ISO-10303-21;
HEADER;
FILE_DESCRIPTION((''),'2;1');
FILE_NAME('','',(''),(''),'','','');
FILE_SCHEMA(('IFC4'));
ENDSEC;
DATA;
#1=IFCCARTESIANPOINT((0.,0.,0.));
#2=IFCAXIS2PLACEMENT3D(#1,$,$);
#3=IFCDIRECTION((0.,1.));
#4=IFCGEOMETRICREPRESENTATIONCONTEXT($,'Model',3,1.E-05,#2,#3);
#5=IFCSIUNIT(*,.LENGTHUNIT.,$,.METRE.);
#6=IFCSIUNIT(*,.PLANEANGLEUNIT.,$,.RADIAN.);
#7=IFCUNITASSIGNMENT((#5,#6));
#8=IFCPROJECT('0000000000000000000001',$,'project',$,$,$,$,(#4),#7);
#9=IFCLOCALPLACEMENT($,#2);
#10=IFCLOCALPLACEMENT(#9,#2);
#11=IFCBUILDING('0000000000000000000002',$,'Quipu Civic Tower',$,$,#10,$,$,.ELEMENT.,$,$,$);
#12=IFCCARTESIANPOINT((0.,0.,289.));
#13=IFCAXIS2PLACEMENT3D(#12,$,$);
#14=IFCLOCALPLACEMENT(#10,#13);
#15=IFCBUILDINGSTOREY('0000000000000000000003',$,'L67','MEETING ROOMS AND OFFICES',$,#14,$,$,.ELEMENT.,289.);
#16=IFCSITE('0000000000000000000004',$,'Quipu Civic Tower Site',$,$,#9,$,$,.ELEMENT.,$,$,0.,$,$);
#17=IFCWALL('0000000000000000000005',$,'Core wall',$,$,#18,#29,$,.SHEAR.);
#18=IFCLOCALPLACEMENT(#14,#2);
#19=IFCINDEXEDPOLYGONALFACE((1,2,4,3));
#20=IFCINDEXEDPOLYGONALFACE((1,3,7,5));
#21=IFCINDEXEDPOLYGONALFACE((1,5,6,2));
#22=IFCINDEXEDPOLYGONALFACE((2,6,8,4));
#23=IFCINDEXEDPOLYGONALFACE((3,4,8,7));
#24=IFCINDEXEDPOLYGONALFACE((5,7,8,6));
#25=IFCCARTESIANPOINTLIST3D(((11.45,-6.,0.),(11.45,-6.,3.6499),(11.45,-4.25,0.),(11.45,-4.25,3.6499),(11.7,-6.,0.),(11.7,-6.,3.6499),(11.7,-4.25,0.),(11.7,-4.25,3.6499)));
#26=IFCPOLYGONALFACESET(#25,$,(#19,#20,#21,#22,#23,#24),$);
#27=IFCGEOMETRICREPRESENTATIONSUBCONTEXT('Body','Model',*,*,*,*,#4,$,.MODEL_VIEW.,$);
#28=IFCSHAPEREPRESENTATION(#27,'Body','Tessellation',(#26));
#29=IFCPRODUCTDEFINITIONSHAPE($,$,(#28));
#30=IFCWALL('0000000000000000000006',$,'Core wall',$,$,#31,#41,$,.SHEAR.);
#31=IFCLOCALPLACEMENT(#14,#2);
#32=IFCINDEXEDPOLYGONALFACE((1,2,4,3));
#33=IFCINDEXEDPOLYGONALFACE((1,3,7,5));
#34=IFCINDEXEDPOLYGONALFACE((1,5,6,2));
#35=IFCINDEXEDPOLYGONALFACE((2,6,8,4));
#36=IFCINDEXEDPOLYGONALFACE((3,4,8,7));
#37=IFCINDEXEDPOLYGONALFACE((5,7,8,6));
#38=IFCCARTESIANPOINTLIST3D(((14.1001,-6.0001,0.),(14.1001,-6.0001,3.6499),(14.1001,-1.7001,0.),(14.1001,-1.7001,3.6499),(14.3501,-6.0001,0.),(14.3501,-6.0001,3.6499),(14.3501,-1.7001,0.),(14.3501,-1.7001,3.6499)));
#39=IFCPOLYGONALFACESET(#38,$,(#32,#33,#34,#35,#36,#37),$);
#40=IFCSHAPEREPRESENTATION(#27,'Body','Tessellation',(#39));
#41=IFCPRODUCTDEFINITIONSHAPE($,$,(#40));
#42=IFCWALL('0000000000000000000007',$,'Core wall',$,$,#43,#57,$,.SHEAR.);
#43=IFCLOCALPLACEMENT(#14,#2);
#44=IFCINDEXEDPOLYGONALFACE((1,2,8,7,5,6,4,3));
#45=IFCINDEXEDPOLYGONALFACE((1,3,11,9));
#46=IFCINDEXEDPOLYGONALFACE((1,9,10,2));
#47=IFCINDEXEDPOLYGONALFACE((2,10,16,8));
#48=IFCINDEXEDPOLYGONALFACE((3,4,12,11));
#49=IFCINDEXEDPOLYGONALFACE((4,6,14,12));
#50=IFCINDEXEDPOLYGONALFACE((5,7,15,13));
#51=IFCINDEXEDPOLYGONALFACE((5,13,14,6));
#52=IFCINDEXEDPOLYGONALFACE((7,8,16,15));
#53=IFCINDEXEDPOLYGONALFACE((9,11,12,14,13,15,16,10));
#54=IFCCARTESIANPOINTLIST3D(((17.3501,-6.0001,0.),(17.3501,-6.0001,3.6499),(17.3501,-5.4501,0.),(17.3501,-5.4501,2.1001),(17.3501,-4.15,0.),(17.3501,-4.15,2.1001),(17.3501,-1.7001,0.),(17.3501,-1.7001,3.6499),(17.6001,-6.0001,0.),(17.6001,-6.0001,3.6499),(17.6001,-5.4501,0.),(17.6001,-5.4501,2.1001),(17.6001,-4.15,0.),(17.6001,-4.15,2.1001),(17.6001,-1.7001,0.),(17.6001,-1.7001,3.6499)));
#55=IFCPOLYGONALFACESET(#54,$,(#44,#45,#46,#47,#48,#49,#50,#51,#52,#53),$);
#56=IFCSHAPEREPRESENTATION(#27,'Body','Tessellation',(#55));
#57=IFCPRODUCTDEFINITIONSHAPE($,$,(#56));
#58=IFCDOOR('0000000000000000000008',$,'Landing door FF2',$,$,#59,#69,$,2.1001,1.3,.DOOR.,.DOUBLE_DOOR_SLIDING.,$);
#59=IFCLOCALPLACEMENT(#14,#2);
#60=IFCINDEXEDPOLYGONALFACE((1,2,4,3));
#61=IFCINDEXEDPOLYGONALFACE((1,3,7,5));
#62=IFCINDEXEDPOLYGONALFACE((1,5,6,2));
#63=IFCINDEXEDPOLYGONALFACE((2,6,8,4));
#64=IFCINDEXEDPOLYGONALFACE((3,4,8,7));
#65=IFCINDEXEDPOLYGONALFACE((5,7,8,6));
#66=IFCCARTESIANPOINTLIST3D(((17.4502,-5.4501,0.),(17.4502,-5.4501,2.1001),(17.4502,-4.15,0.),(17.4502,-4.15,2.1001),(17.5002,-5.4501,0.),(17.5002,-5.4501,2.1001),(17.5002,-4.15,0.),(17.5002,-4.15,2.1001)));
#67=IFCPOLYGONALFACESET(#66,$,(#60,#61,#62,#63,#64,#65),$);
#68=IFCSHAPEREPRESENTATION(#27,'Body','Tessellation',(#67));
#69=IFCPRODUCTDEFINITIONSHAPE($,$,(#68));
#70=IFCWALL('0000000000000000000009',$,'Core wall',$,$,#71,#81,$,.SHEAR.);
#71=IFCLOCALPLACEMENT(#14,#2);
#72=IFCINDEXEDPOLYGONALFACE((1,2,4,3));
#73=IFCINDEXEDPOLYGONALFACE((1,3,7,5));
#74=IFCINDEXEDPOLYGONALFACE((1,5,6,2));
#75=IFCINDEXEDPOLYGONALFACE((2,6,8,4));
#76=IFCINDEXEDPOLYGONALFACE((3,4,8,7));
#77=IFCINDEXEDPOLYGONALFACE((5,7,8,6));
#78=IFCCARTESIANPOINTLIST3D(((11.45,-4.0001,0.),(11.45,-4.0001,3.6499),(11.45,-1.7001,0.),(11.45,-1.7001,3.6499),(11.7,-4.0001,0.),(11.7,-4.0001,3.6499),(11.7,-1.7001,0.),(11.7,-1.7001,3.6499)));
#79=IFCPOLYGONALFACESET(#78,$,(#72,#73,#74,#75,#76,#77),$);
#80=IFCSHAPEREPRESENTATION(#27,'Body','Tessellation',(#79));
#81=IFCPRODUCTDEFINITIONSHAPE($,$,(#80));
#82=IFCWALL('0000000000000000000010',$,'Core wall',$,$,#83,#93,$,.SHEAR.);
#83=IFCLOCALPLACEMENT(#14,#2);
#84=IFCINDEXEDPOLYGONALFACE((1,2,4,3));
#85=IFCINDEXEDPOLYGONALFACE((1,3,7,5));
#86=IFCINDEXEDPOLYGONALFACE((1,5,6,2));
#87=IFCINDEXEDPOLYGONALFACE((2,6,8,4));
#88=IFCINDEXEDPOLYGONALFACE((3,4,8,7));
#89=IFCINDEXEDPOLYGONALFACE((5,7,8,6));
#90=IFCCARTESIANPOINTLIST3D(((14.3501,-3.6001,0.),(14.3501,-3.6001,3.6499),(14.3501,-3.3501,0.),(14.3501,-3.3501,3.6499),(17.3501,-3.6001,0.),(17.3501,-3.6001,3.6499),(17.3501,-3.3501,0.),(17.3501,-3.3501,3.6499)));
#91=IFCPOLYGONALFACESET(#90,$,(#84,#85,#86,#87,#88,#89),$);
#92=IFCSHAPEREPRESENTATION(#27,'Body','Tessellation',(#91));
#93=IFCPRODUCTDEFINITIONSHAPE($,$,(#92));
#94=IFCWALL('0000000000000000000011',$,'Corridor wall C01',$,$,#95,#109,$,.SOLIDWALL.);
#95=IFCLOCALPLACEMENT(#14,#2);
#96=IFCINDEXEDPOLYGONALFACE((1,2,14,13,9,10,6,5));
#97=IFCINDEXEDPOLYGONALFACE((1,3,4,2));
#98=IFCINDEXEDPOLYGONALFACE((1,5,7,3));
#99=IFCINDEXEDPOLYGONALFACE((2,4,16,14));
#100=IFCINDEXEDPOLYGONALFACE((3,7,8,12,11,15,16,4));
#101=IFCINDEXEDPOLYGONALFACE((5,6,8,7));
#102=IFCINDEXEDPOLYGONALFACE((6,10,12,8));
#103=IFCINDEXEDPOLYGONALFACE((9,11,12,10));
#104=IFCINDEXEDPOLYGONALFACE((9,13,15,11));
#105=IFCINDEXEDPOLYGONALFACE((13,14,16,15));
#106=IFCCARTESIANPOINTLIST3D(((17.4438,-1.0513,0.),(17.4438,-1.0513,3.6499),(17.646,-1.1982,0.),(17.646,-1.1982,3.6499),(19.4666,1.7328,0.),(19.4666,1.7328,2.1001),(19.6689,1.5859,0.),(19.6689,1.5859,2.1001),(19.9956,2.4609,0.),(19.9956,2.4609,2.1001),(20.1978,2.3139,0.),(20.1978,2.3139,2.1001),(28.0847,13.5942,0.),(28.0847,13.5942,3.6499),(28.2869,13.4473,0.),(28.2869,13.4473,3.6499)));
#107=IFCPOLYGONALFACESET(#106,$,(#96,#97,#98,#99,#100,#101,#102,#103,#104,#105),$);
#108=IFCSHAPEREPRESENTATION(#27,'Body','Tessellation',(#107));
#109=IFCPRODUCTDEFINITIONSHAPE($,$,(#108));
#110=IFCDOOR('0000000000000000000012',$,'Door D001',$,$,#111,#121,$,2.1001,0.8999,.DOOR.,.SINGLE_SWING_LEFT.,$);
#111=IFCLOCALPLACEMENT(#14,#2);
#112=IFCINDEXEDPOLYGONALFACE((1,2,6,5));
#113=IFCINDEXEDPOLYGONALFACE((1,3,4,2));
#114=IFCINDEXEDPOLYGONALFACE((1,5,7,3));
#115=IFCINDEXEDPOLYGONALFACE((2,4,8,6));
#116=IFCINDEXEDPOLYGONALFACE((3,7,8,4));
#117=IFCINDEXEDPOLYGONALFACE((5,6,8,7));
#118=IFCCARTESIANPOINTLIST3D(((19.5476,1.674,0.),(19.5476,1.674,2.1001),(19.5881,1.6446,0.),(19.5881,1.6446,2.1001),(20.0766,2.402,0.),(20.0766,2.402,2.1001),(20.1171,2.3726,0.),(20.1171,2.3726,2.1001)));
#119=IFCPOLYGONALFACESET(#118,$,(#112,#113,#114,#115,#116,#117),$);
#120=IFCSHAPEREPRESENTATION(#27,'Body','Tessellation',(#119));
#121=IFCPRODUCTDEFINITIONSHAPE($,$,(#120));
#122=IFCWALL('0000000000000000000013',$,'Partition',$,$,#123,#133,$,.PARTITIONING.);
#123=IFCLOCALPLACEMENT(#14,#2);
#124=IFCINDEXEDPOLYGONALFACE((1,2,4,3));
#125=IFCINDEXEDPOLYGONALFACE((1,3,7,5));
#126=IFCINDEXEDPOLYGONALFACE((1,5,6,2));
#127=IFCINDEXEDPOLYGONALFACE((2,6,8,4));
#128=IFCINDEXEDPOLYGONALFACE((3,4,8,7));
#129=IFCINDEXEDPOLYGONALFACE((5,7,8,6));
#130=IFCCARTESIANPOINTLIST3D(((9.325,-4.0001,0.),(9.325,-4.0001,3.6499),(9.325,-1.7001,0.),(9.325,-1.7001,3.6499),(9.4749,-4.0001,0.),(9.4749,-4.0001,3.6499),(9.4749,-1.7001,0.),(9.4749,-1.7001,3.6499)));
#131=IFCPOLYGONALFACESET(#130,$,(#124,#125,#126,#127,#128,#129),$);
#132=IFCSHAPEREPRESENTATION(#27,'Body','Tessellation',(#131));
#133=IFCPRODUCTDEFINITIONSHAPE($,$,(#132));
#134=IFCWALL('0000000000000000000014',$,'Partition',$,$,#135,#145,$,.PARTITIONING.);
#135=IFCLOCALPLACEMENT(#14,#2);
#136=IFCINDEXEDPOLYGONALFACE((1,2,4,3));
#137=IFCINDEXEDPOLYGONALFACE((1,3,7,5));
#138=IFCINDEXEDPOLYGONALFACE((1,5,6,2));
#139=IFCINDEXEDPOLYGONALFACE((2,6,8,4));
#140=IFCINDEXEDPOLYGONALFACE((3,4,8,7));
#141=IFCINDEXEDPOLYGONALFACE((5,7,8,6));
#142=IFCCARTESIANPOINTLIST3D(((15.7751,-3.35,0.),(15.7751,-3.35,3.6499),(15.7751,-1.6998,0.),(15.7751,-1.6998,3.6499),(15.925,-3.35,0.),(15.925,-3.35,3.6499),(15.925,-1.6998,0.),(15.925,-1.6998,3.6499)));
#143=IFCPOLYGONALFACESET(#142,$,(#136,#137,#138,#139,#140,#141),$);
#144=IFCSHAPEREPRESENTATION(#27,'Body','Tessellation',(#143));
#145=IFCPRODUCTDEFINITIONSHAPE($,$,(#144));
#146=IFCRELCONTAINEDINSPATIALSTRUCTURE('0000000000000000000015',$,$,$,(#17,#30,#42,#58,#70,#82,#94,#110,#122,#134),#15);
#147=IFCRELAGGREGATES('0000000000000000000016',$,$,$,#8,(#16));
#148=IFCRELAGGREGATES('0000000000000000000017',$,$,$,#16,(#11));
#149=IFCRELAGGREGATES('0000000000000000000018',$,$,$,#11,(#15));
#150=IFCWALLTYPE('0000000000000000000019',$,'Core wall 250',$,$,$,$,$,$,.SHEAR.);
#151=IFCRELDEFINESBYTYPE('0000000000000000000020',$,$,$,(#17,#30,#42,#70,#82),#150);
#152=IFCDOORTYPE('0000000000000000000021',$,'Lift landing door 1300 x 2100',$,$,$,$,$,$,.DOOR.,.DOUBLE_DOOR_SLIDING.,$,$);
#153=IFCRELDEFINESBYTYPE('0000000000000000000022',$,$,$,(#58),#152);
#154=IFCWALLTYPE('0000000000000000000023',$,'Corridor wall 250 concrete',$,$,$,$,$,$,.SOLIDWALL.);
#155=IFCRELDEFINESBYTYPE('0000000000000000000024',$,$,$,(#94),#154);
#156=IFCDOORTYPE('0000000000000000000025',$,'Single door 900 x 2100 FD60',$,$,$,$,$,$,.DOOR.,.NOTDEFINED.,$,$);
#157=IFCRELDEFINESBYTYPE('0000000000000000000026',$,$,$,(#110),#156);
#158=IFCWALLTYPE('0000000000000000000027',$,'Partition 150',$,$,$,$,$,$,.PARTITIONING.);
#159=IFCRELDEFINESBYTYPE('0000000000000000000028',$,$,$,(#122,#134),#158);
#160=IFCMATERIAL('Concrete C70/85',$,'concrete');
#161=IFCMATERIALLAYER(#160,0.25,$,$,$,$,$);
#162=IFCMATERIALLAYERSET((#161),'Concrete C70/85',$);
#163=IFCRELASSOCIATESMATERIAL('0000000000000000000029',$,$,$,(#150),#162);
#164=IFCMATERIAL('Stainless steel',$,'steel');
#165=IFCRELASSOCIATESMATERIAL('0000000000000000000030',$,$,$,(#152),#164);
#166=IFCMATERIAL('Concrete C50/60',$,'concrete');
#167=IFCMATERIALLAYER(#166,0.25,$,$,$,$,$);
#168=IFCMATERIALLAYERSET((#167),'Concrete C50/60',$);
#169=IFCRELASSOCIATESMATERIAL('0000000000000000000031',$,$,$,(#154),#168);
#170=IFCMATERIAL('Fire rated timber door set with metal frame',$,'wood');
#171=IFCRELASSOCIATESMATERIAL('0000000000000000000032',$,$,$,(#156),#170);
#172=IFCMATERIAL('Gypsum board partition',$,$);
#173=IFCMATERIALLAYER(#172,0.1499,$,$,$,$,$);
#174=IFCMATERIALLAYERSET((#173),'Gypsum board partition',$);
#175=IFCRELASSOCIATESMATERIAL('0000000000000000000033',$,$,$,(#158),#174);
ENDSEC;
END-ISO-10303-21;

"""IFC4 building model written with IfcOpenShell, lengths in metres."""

from ifc_helpers import new_model, si_unit, direction, frame, frame_2d, origin, place, context, subcontext, project, spatial, rectangle, extrude, material, layer, layer_set, type_object, element, fill, save


model = new_model("IFC4")

# Units and contexts
model_context = context("Model", 3, precision=1e-05, world=origin(), true_north=direction((0.0, 1.0)))
body_context = subcontext(model_context, "Body", "Model", "MODEL_VIEW")
ifc_project = project(units=[si_unit("LENGTHUNIT", "METRE"), si_unit("PLANEANGLEUNIT", "RADIAN")], contexts=[model_context])

# Site, building, storey
site_placement = place(None, origin())
site = spatial("IfcSite", under=ifc_project, at=site_placement, Name="Quipu Civic Tower Site", CompositionType="ELEMENT", RefElevation=0.0)
building_placement = place(site_placement, origin())
building = spatial("IfcBuilding", under=site, at=building_placement, Name="Quipu Civic Tower", CompositionType="ELEMENT")
storey_placement = place(building_placement, frame((0.0, 0.0, 289.0)))
storey = spatial("IfcBuildingStorey", under=building, at=storey_placement, Name="L67", Description="MEETING ROOMS AND OFFICES", CompositionType="ELEMENT", Elevation=289.0)

# Walls
ifc_material_1 = material(Name="Concrete C70/85", Category="concrete")
ifc_layer_1 = layer(ifc_material_1, 0.25)
ifc_layer_set_1 = layer_set([ifc_layer_1], Name="Concrete C70/85")
wall_type_1 = type_object("IfcWallType", Name="Core wall 250", PredefinedType="SHEAR", material=ifc_layer_set_1)
wall_1_placement = place(storey_placement, frame((11.575, -6.0, 0.0), z_axis=(0.0, 0.0, 1.0), x_axis=(0.0, 1.0, 0.0)))
element("IfcWall", 1, at=wall_1_placement, inside=storey, type_object=wall_type_1, Name="Core wall", PredefinedType="SHEAR", context=body_context, shape_type="SweptSolid", body=[
    extrude(rectangle(XDim=1.75, YDim=0.25, at=frame_2d((0.875, 0.0))), origin(), (0.0, 0.0, 1.0), 3.6499),
])
wall_2_placement = place(storey_placement, frame((14.2251, -6.0, 0.0), z_axis=(0.0, 0.0, 1.0), x_axis=(0.0, 1.0, 0.0)))
element("IfcWall", 2, at=wall_2_placement, inside=storey, type_object=wall_type_1, Name="Core wall", PredefinedType="SHEAR", context=body_context, shape_type="SweptSolid", body=[
    extrude(rectangle(XDim=4.3, YDim=0.25, at=frame_2d((2.1499, 0.0))), origin(), (0.0, 0.0, 1.0), 3.6499),
])

# Wall, opening, door
wall_3_placement = place(storey_placement, frame((17.4751, -6.0, 0.0), z_axis=(0.0, 0.0, 1.0), x_axis=(0.0, 1.0, 0.0)))
wall_3 = element("IfcWall", 3, at=wall_3_placement, inside=storey, type_object=wall_type_1, Name="Core wall", PredefinedType="SHEAR", context=body_context, shape_type="SweptSolid", body=[
    extrude(rectangle(XDim=4.3, YDim=0.25, at=frame_2d((2.1499, 0.0))), origin(), (0.0, 0.0, 1.0), 3.6499),
])
opening_1_placement = place(wall_3_placement, frame((0.55, 0.0, 0.0)))
opening_1 = element("IfcOpeningElement", 4, at=opening_1_placement, cuts=wall_3, PredefinedType="OPENING", context=body_context, shape_type="SweptSolid", body=[
    extrude(rectangle(XDim=1.3, YDim=2.1001, at=frame_2d((0.6499, 1.05))), frame((0.0, 0.135, 0.0), z_axis=(0.0, -1.0, 0.0), x_axis=(1.0, 0.0, 0.0)), (0.0, 0.0, 1.0), 0.27),
])
ifc_material_2 = material(Name="Stainless steel", Category="steel")
door_type_1 = type_object("IfcDoorType", Name="Lift landing door 1300 x 2100", OperationType="DOUBLE_DOOR_SLIDING", PredefinedType="DOOR", material=ifc_material_2)
door_1_placement = place(opening_1_placement, origin())
door_1 = element("IfcDoor", 5, at=door_1_placement, inside=storey, type_object=door_type_1, Name="Landing door FF2", OperationType="DOUBLE_DOOR_SLIDING", OverallHeight=2.1001, OverallWidth=1.3, PredefinedType="DOOR", context=body_context, shape_type="SweptSolid", body=[
    extrude(rectangle(XDim=1.3, YDim=2.1001, at=frame_2d((0.6499, 1.05))), frame((0.0, 0.0249, 0.0), z_axis=(0.0, -1.0, 0.0), x_axis=(1.0, 0.0, 0.0)), (0.0, 0.0, 1.0), 0.05),
])
fill(opening_1, door_1)

# Walls
wall_4_placement = place(storey_placement, frame((11.575, -4.0, 0.0), z_axis=(0.0, 0.0, 1.0), x_axis=(0.0, 1.0, 0.0)))
element("IfcWall", 6, at=wall_4_placement, inside=storey, type_object=wall_type_1, Name="Core wall", PredefinedType="SHEAR", context=body_context, shape_type="SweptSolid", body=[
    extrude(rectangle(XDim=2.3, YDim=0.25, at=frame_2d((1.1499, 0.0))), origin(), (0.0, 0.0, 1.0), 3.6499),
])
wall_5_placement = place(storey_placement, frame((14.3501, -3.4751, 0.0), z_axis=(0.0, 0.0, 1.0), x_axis=(1.0, 0.0, 0.0)))
element("IfcWall", 7, at=wall_5_placement, inside=storey, type_object=wall_type_1, Name="Core wall", PredefinedType="SHEAR", context=body_context, shape_type="SweptSolid", body=[
    extrude(rectangle(XDim=3.0, YDim=0.25, at=frame_2d((1.5, 0.0))), origin(), (0.0, 0.0, 1.0), 3.6499),
])

# Wall, opening, door
ifc_material_3 = material(Name="Concrete C50/60", Category="concrete")
ifc_layer_2 = layer(ifc_material_3, 0.25)
ifc_layer_set_2 = layer_set([ifc_layer_2], Name="Concrete C50/60")
wall_type_2 = type_object("IfcWallType", Name="Corridor wall 250 concrete", PredefinedType="SOLIDWALL", material=ifc_layer_set_2)
wall_6_placement = place(storey_placement, frame((17.5449, -1.1248, 0.0), z_axis=(0.0, 0.0, 1.0), x_axis=(0.587796, 0.80901, 0.0)))
wall_6 = element("IfcWall", 8, at=wall_6_placement, inside=storey, type_object=wall_type_2, Name="Corridor wall C01", PredefinedType="SOLIDWALL", context=body_context, shape_type="SweptSolid", body=[
    extrude(rectangle(XDim=18.103, YDim=0.25, at=frame_2d((9.0515, 0.0))), origin(), (0.0, 0.0, 1.0), 3.6499),
])
opening_2_placement = place(wall_6_placement, frame((3.4414, 0.0, 0.0)))
opening_2 = element("IfcOpeningElement", 9, at=opening_2_placement, cuts=wall_6, PredefinedType="OPENING", context=body_context, shape_type="SweptSolid", body=[
    extrude(rectangle(XDim=0.8999, YDim=2.1001, at=frame_2d((0.45, 1.05))), frame((0.0, 0.135, 0.0), z_axis=(0.0, -1.0, 0.0), x_axis=(1.0, 0.0, 0.0)), (0.0, 0.0, 1.0), 0.27),
])
ifc_material_4 = material(Name="Fire rated timber door set with metal frame", Category="wood")
door_type_2 = type_object("IfcDoorType", Name="Single door 900 x 2100 FD60", OperationType="NOTDEFINED", PredefinedType="DOOR", material=ifc_material_4)
door_2_placement = place(opening_2_placement, origin())
door_2 = element("IfcDoor", 10, at=door_2_placement, inside=storey, type_object=door_type_2, Name="Door D001", OperationType="SINGLE_SWING_LEFT", OverallHeight=2.1001, OverallWidth=0.8999, PredefinedType="DOOR", context=body_context, shape_type="SweptSolid", body=[
    extrude(rectangle(XDim=0.8999, YDim=2.1001, at=frame_2d((0.45, 1.05))), frame((0.0, 0.0249, 0.0), z_axis=(0.0, -1.0, 0.0), x_axis=(1.0, 0.0, 0.0)), (0.0, 0.0, 1.0), 0.05),
])
fill(opening_2, door_2)

# Walls
ifc_material_5 = material(Name="Gypsum board partition")
ifc_layer_3 = layer(ifc_material_5, 0.1499)
ifc_layer_set_3 = layer_set([ifc_layer_3], Name="Gypsum board partition")
wall_type_3 = type_object("IfcWallType", Name="Partition 150", PredefinedType="PARTITIONING", material=ifc_layer_set_3)
wall_7_placement = place(storey_placement, frame((9.3999, -4.0, 0.0), z_axis=(0.0, 0.0, 1.0), x_axis=(0.0, 1.0, 0.0)))
element("IfcWall", 11, at=wall_7_placement, inside=storey, type_object=wall_type_3, Name="Partition", PredefinedType="PARTITIONING", context=body_context, shape_type="SweptSolid", body=[
    extrude(rectangle(XDim=2.3, YDim=0.1499, at=frame_2d((1.1499, 0.0))), origin(), (0.0, 0.0, 1.0), 3.6499),
])
wall_8_placement = place(storey_placement, frame((15.8501, -3.3501, 0.0), z_axis=(0.0, 0.0, 1.0), x_axis=(0.0, 1.0, 0.0)))
element("IfcWall", 12, at=wall_8_placement, inside=storey, type_object=wall_type_3, Name="Partition", PredefinedType="PARTITIONING", context=body_context, shape_type="SweptSolid", body=[
    extrude(rectangle(XDim=1.6501, YDim=0.1499, at=frame_2d((0.8252, 0.0))), origin(), (0.0, 0.0, 1.0), 3.6499),
])

save(model, "model.ifc")
